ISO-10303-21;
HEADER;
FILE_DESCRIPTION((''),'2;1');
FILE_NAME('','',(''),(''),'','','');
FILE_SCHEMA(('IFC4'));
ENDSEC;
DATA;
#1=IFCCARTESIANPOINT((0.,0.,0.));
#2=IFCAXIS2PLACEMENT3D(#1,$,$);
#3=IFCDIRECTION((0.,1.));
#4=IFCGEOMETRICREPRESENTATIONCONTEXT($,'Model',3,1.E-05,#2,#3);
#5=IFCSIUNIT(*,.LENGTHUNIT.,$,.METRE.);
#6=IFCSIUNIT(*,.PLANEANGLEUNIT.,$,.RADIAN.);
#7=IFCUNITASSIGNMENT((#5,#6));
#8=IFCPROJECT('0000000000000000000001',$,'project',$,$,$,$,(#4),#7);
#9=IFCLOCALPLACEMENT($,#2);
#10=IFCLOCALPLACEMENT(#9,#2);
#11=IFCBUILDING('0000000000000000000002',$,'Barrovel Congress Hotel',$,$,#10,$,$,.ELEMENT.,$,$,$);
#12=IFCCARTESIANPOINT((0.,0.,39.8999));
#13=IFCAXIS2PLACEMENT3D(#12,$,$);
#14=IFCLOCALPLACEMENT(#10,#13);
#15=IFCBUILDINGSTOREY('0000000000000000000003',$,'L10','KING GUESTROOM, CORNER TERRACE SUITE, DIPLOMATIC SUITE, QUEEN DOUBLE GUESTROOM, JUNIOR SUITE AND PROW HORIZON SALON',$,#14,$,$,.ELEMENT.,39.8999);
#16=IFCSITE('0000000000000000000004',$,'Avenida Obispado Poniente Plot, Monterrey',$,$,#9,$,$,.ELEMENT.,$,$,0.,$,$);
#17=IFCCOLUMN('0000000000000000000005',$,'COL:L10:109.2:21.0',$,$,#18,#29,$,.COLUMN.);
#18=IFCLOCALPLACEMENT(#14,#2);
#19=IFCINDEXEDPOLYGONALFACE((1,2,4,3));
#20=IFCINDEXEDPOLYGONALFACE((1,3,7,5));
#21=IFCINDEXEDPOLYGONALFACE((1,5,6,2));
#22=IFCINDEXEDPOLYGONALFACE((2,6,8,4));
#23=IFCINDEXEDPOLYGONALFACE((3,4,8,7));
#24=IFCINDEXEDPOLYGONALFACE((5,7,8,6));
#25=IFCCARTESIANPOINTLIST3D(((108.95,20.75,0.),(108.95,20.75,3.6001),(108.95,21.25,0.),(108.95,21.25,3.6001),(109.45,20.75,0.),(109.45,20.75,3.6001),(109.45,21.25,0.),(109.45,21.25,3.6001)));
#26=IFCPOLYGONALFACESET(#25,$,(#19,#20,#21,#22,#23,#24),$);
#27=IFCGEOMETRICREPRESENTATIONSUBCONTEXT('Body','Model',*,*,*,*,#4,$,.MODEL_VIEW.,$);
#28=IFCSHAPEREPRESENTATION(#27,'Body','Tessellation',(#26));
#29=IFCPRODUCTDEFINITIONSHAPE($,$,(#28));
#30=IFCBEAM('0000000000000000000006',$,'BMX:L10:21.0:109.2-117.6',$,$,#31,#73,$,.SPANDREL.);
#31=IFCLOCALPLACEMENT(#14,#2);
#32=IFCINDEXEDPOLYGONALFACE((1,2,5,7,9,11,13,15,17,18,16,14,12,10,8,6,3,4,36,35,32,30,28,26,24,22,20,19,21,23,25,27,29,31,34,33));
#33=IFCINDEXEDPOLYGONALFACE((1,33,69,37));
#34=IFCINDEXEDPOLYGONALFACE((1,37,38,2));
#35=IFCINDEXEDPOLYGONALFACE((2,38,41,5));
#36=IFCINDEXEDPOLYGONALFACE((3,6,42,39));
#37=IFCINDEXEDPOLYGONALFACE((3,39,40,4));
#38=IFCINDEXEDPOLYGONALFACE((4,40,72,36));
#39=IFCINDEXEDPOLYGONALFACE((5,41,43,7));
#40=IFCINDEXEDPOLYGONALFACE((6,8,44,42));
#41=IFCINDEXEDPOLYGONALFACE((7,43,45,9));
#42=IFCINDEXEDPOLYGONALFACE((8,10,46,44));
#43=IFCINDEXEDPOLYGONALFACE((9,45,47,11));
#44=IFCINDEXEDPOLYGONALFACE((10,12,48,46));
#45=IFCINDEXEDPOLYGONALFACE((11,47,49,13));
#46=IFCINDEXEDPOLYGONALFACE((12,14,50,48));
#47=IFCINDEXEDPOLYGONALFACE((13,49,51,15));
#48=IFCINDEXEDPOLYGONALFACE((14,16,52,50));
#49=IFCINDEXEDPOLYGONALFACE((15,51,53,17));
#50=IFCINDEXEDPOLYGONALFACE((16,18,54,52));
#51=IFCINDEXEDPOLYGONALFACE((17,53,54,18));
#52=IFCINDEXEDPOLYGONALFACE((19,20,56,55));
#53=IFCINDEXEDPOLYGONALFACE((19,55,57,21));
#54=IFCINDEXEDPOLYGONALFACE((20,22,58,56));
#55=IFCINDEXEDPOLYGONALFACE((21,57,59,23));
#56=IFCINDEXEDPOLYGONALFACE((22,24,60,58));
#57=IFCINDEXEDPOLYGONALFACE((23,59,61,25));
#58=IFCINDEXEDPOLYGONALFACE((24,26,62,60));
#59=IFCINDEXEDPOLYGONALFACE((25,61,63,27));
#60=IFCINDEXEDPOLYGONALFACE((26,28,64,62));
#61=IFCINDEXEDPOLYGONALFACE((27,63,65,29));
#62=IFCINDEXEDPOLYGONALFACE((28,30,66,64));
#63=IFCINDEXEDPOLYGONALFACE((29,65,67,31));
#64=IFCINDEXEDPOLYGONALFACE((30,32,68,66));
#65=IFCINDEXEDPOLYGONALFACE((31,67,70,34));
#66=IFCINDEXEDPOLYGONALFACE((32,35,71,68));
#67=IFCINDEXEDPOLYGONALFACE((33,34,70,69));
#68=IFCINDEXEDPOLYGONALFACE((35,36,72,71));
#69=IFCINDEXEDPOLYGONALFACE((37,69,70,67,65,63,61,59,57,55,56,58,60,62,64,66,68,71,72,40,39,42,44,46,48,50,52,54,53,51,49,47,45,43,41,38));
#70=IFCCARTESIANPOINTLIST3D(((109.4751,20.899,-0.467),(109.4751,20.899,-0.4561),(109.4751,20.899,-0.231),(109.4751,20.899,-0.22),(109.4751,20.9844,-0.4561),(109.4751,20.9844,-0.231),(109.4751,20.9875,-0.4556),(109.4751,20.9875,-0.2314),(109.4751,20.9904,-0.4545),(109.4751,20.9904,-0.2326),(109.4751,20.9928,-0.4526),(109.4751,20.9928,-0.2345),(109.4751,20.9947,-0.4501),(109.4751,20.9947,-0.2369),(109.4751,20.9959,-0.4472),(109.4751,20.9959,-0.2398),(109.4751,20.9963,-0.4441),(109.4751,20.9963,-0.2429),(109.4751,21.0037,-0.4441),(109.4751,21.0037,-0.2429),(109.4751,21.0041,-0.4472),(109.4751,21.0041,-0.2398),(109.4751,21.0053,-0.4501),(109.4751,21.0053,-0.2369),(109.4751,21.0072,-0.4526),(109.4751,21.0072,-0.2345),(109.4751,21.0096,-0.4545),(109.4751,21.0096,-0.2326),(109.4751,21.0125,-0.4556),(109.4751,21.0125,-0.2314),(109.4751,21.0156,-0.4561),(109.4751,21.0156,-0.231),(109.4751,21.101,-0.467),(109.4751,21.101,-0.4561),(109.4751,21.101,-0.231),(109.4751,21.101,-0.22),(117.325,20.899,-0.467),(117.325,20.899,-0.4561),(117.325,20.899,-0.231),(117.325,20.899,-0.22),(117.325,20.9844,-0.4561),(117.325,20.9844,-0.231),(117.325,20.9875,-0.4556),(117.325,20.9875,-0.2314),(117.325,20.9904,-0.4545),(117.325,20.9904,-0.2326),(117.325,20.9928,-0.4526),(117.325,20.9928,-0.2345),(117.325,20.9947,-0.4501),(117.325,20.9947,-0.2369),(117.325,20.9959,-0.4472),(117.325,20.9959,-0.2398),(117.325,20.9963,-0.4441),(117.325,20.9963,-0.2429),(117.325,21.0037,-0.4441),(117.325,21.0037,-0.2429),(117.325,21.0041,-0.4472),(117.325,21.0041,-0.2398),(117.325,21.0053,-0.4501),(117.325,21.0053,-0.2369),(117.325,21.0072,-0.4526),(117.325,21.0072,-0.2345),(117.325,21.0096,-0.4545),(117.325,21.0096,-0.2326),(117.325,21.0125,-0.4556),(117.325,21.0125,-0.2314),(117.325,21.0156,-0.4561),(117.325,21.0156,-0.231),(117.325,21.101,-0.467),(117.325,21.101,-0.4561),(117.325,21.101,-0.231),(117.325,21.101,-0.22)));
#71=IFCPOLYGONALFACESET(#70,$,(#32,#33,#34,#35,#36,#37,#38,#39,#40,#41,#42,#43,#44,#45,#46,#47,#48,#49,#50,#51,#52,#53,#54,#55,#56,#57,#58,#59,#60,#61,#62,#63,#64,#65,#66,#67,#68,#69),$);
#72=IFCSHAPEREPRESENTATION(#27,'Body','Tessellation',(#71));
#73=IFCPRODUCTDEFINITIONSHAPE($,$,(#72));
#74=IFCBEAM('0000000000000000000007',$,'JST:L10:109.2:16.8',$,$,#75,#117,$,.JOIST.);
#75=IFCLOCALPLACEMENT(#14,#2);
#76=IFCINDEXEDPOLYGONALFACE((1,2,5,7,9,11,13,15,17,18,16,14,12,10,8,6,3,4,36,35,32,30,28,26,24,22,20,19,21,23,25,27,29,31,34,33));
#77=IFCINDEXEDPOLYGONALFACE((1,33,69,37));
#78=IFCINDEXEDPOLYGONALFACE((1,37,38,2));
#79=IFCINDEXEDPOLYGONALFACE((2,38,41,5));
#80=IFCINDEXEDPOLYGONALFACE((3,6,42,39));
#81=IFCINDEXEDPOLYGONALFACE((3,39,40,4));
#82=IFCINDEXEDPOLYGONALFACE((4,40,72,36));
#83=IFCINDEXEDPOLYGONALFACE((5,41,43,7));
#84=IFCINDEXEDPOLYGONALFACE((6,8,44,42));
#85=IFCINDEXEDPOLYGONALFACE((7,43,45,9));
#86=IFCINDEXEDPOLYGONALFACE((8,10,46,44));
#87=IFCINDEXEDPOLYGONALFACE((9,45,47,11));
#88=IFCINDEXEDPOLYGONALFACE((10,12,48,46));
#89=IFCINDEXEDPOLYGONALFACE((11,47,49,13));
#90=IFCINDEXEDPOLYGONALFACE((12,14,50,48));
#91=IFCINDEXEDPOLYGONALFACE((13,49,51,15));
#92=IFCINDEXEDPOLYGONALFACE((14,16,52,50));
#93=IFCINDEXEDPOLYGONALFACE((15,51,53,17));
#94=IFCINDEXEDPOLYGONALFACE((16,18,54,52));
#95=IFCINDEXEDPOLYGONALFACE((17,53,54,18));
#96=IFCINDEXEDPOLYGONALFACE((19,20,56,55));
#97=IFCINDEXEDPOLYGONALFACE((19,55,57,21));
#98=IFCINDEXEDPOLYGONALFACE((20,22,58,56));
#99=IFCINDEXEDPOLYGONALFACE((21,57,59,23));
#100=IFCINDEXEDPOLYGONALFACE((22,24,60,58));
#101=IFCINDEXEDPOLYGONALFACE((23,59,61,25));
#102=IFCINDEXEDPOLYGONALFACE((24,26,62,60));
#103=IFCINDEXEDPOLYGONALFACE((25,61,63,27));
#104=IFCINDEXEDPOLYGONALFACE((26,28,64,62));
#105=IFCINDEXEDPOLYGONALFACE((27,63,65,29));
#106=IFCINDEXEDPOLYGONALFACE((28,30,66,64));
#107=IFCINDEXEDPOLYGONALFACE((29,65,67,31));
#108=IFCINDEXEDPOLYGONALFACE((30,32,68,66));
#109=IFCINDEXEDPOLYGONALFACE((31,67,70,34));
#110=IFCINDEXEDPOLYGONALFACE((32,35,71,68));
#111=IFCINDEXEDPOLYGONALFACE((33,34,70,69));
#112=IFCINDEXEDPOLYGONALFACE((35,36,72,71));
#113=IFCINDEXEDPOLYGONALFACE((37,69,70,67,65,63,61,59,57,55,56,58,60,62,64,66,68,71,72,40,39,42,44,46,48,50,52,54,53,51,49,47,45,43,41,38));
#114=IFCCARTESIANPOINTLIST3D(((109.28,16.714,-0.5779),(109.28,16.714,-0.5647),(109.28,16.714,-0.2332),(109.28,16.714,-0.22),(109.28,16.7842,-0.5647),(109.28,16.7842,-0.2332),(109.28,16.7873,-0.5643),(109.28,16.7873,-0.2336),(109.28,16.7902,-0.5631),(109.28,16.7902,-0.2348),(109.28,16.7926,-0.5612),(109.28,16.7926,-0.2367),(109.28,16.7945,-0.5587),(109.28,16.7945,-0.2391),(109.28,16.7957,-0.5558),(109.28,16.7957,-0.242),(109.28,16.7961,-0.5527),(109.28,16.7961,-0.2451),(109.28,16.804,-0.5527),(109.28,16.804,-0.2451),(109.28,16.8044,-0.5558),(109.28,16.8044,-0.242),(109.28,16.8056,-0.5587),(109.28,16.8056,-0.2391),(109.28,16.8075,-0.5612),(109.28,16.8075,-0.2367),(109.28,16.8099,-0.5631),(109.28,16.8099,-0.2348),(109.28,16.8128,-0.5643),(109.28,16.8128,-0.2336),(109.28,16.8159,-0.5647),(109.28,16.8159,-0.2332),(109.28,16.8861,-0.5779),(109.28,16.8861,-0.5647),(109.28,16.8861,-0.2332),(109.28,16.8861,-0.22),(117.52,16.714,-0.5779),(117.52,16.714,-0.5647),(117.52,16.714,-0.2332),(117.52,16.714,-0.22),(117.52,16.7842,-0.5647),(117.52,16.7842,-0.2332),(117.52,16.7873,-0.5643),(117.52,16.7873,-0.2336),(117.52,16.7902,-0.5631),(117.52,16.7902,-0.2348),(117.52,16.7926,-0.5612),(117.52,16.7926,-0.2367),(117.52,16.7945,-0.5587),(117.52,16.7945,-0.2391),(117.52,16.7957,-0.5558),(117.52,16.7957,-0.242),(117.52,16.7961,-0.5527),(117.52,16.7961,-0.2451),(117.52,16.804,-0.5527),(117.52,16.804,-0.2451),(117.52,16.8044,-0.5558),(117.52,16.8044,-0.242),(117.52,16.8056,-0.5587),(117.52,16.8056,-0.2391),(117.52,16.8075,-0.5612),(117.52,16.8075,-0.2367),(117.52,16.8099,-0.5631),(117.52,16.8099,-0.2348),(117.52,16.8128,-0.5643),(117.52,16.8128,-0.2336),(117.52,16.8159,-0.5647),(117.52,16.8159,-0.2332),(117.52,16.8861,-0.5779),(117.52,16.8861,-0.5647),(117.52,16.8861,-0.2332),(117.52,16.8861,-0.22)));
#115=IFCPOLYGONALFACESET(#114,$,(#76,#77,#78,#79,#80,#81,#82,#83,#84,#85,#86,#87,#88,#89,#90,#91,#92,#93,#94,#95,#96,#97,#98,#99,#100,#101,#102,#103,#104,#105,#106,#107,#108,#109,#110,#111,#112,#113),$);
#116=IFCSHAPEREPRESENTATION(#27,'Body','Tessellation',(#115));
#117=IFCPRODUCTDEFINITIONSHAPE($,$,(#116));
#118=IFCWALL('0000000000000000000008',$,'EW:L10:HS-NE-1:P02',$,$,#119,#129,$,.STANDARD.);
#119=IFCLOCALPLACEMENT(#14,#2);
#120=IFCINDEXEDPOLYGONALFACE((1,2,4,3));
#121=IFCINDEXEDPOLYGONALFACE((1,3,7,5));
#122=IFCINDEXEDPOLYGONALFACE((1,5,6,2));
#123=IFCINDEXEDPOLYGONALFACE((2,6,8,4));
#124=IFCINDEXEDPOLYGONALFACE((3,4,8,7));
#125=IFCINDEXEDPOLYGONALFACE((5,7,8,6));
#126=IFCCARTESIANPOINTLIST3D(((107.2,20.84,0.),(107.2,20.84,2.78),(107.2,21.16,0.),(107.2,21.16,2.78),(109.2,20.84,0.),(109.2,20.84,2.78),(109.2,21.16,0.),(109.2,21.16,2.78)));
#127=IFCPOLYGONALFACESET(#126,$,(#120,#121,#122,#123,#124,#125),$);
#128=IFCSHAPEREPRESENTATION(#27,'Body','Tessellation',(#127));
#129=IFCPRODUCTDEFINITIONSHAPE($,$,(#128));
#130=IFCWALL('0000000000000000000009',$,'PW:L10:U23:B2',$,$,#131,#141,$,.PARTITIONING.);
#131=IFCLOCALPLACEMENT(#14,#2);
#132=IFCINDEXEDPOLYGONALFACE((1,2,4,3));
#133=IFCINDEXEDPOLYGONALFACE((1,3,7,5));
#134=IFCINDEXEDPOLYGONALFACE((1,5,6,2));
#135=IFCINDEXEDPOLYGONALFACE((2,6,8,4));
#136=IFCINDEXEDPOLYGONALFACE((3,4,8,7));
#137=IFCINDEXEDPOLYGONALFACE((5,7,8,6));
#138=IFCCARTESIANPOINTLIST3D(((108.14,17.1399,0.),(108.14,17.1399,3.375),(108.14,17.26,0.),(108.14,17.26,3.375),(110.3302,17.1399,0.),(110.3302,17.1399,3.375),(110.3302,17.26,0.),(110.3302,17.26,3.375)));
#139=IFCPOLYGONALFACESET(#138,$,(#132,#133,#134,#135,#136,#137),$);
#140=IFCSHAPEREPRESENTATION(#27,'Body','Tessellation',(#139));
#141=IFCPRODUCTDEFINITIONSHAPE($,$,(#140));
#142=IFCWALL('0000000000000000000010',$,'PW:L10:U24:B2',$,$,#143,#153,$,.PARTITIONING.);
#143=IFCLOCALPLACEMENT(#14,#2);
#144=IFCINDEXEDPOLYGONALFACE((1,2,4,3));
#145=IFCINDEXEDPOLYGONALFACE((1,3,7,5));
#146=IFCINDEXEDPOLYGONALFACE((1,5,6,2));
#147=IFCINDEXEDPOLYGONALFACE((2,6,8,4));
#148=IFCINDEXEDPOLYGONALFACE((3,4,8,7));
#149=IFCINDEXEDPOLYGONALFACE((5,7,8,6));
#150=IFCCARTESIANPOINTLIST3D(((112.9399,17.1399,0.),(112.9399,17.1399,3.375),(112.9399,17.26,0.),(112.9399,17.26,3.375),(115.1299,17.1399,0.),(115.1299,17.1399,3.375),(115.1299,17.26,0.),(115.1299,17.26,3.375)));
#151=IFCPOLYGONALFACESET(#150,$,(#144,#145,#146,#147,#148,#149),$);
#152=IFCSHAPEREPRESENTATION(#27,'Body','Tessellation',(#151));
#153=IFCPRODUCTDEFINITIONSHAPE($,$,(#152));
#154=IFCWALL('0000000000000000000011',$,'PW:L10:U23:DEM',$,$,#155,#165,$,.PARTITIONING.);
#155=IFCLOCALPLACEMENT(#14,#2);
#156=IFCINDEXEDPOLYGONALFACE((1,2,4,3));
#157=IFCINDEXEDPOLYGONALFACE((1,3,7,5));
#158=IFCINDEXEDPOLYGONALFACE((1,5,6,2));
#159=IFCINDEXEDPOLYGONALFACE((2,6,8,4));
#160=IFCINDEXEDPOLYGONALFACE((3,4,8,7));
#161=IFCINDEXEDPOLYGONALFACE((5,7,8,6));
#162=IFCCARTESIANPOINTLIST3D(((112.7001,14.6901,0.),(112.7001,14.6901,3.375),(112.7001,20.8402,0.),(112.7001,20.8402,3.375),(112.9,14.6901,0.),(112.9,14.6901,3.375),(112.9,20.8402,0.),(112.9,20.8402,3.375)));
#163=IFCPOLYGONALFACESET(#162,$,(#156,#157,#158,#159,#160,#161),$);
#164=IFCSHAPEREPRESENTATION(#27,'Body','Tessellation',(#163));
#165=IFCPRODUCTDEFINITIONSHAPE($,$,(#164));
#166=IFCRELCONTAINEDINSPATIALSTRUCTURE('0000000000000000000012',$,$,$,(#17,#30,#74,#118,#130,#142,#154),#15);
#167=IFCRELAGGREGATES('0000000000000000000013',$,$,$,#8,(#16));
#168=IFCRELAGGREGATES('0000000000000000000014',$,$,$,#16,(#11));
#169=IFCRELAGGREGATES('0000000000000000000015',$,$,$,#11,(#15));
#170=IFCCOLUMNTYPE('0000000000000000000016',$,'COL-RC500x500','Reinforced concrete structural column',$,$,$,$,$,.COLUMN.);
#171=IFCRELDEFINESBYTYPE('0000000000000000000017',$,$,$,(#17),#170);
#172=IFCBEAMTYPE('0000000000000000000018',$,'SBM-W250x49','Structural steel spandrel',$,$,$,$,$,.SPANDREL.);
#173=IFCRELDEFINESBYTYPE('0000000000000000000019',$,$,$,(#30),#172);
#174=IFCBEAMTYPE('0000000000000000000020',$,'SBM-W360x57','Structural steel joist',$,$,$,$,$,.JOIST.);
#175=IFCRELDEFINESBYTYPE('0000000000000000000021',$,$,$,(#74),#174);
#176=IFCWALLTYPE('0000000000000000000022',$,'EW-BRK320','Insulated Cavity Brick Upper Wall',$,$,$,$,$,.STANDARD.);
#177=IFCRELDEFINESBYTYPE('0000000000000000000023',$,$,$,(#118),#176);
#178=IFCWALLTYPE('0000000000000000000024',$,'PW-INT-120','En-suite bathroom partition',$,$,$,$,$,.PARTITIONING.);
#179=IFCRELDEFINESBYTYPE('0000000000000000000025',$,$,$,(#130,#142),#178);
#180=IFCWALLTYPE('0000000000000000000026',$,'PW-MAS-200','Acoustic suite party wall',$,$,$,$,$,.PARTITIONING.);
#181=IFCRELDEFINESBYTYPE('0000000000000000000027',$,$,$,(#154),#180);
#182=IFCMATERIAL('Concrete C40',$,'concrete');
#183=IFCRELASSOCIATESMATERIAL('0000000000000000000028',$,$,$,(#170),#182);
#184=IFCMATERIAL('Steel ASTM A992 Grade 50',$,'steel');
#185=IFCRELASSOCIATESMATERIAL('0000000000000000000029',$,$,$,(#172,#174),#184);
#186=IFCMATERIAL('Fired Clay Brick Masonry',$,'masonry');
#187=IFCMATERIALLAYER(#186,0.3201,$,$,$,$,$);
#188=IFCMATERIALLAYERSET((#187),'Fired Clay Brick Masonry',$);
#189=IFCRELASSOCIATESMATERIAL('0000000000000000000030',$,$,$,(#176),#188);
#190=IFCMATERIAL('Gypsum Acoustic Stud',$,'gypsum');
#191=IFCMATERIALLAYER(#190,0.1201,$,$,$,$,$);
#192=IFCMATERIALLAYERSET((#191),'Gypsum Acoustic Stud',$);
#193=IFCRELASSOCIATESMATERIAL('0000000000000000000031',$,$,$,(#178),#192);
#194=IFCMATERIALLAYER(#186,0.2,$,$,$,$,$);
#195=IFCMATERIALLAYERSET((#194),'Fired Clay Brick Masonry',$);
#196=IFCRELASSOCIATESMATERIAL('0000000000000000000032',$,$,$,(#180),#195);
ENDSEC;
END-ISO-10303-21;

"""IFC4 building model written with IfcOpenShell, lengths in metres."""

from ifc_helpers import new_model, si_unit, direction, frame, frame_2d, origin, origin_2d, place, context, subcontext, project, spatial, rectangle, i_section, extrude, material, layer, layer_set, material_profile, profile_set, type_object, element, save


model = new_model("IFC4")

# Units and contexts
model_context = context("Model", 3, precision=1e-05, world=origin(), true_north=direction((0.0, 1.0)))
body_context = subcontext(model_context, "Body", "Model", "MODEL_VIEW")
ifc_project = project(units=[si_unit("LENGTHUNIT", "METRE"), si_unit("PLANEANGLEUNIT", "RADIAN")], contexts=[model_context])

# Site, building, storey
site_placement = place(None, origin())
site = spatial("IfcSite", under=ifc_project, at=site_placement, Name="Avenida Obispado Poniente Plot, Monterrey", CompositionType="ELEMENT", RefElevation=0.0)
building_placement = place(site_placement, origin())
building = spatial("IfcBuilding", under=site, at=building_placement, Name="Barrovel Congress Hotel", CompositionType="ELEMENT")
storey_placement = place(building_placement, frame((0.0, 0.0, 39.8999)))
storey = spatial("IfcBuildingStorey", under=building, at=storey_placement, Name="L10", Description="KING GUESTROOM, CORNER TERRACE SUITE, DIPLOMATIC SUITE, QUEEN DOUBLE GUESTROOM, JUNIOR SUITE AND PROW HORIZON SALON", CompositionType="ELEMENT", Elevation=39.8999)

# Column
ifc_material_1 = material(Name="Concrete C40", Category="concrete")
ifc_material_profile_1 = material_profile(ifc_material_1, rectangle(XDim=0.5, YDim=0.5, at=origin_2d()), Name="RC500x500")
ifc_profile_set_1 = profile_set([ifc_material_profile_1], Name="Concrete C40")
column_type = type_object("IfcColumnType", Name="COL-RC500x500", Description="Reinforced concrete structural column", PredefinedType="COLUMN", material=ifc_profile_set_1)
column_placement = place(storey_placement, frame((109.2, 21.0, 0.0), z_axis=(0.0, 0.0, 1.0), x_axis=(1.0, 0.0, 0.0)))
element("IfcColumn", 1, at=column_placement, inside=storey, type_object=column_type, Name="COL:L10:109.2:21.0", PredefinedType="COLUMN", context=body_context, shape_type="SweptSolid", body=[
    extrude(rectangle(XDim=0.5, YDim=0.5, at=origin_2d()), origin(), (0.0, 0.0, 1.0), 3.6001),
])

# Beams
ifc_material_2 = material(Name="Steel ASTM A992 Grade 50", Category="steel")
ifc_material_profile_2 = material_profile(ifc_material_2, i_section(OverallWidth=0.2019, OverallDepth=0.2471, WebThickness=0.0073, FlangeThickness=0.011, FilletRadius=0.012, at=origin_2d()), Name="W250x49")
ifc_profile_set_2 = profile_set([ifc_material_profile_2], Name="Steel ASTM A992 Grade 50")
beam_type_1 = type_object("IfcBeamType", Name="SBM-W250x49", Description="Structural steel spandrel", PredefinedType="SPANDREL", material=ifc_profile_set_2)
beam_1_placement = place(storey_placement, frame((109.4751, 21.0, -0.3435), z_axis=(1.0, 0.0, 0.0), x_axis=(0.0, 1.0, 0.0)))
element("IfcBeam", 2, at=beam_1_placement, inside=storey, type_object=beam_type_1, Name="BMX:L10:21.0:109.2-117.6", PredefinedType="SPANDREL", context=body_context, shape_type="SweptSolid", body=[
    extrude(i_section(OverallWidth=0.2019, OverallDepth=0.2471, WebThickness=0.0073, FlangeThickness=0.011, FilletRadius=0.012, at=origin_2d()), origin(), (0.0, 0.0, 1.0), 7.8499),
])
ifc_material_profile_3 = material_profile(ifc_material_2, i_section(OverallWidth=0.1721, OverallDepth=0.3579, WebThickness=0.0078, FlangeThickness=0.0132, FilletRadius=0.012, at=origin_2d()), Name="W360x57")
ifc_profile_set_3 = profile_set([ifc_material_profile_3], Name="Steel ASTM A992 Grade 50")
beam_type_2 = type_object("IfcBeamType", Name="SBM-W360x57", Description="Structural steel joist", PredefinedType="JOIST", material=ifc_profile_set_3)
beam_2_placement = place(storey_placement, frame((109.28, 16.8, -0.3989), z_axis=(1.0, 0.0, 0.0), x_axis=(0.0, 1.0, 0.0)))
element("IfcBeam", 3, at=beam_2_placement, inside=storey, type_object=beam_type_2, Name="JST:L10:109.2:16.8", PredefinedType="JOIST", context=body_context, shape_type="SweptSolid", body=[
    extrude(i_section(OverallWidth=0.1721, OverallDepth=0.3579, WebThickness=0.0078, FlangeThickness=0.0132, FilletRadius=0.012, at=origin_2d()), origin(), (0.0, 0.0, 1.0), 8.24),
])

# Wall
ifc_material_3 = material(Name="Fired Clay Brick Masonry", Category="masonry")
ifc_layer_1 = layer(ifc_material_3, 0.3201)
ifc_layer_set_1 = layer_set([ifc_layer_1], Name="Fired Clay Brick Masonry")
wall_type_1 = type_object("IfcWallType", Name="EW-BRK320", Description="Insulated Cavity Brick Upper Wall", PredefinedType="STANDARD", material=ifc_layer_set_1)
wall_1_placement = place(storey_placement, frame((109.2, 21.0, 0.0), z_axis=(0.0, 0.0, 1.0), x_axis=(-1.0, 0.0, 0.0)))
element("IfcWall", 4, at=wall_1_placement, inside=storey, type_object=wall_type_1, Name="EW:L10:HS-NE-1:P02", PredefinedType="STANDARD", context=body_context, shape_type="SweptSolid", body=[
    extrude(rectangle(XDim=2.0, YDim=0.3201, at=frame_2d((1.0, 0.0))), origin(), (0.0, 0.0, 1.0), 2.78),
])

# Shared definitions
ifc_material_4 = material(Name="Gypsum Acoustic Stud", Category="gypsum")

# Walls
ifc_layer_2 = layer(ifc_material_4, 0.1201)
ifc_layer_set_2 = layer_set([ifc_layer_2], Name="Gypsum Acoustic Stud")
wall_type_2 = type_object("IfcWallType", Name="PW-INT-120", Description="En-suite bathroom partition", PredefinedType="PARTITIONING", material=ifc_layer_set_2)
wall_2_placement = place(storey_placement, frame((108.1399, 17.2, 0.0), z_axis=(0.0, 0.0, 1.0), x_axis=(1.0, 0.0, 0.0)))
element("IfcWall", 5, at=wall_2_placement, inside=storey, type_object=wall_type_2, Name="PW:L10:U23:B2", PredefinedType="PARTITIONING", context=body_context, shape_type="SweptSolid", body=[
    extrude(rectangle(XDim=2.1902, YDim=0.1201, at=frame_2d((1.0952, 0.0))), origin(), (0.0, 0.0, 1.0), 3.375),
])
wall_3_placement = place(storey_placement, frame((112.9399, 17.2, 0.0), z_axis=(0.0, 0.0, 1.0), x_axis=(1.0, 0.0, 0.0)))
element("IfcWall", 6, at=wall_3_placement, inside=storey, type_object=wall_type_2, Name="PW:L10:U24:B2", PredefinedType="PARTITIONING", context=body_context, shape_type="SweptSolid", body=[
    extrude(rectangle(XDim=2.1899, YDim=0.1201, at=frame_2d((1.095, 0.0))), origin(), (0.0, 0.0, 1.0), 3.375),
])
ifc_layer_3 = layer(ifc_material_3, 0.2)
ifc_layer_set_3 = layer_set([ifc_layer_3], Name="Fired Clay Brick Masonry")
wall_type_3 = type_object("IfcWallType", Name="PW-MAS-200", Description="Acoustic suite party wall", PredefinedType="PARTITIONING", material=ifc_layer_set_3)
wall_4_placement = place(storey_placement, frame((112.8, 14.6899, 0.0), z_axis=(0.0, 0.0, 1.0), x_axis=(0.0, 1.0, 0.0)))
element("IfcWall", 7, at=wall_4_placement, inside=storey, type_object=wall_type_3, Name="PW:L10:U23:DEM", PredefinedType="PARTITIONING", context=body_context, shape_type="SweptSolid", body=[
    extrude(rectangle(XDim=6.1501, YDim=0.2, at=frame_2d((3.0752, 0.0))), origin(), (0.0, 0.0, 1.0), 3.375),
])

save(model, "model.ifc")
